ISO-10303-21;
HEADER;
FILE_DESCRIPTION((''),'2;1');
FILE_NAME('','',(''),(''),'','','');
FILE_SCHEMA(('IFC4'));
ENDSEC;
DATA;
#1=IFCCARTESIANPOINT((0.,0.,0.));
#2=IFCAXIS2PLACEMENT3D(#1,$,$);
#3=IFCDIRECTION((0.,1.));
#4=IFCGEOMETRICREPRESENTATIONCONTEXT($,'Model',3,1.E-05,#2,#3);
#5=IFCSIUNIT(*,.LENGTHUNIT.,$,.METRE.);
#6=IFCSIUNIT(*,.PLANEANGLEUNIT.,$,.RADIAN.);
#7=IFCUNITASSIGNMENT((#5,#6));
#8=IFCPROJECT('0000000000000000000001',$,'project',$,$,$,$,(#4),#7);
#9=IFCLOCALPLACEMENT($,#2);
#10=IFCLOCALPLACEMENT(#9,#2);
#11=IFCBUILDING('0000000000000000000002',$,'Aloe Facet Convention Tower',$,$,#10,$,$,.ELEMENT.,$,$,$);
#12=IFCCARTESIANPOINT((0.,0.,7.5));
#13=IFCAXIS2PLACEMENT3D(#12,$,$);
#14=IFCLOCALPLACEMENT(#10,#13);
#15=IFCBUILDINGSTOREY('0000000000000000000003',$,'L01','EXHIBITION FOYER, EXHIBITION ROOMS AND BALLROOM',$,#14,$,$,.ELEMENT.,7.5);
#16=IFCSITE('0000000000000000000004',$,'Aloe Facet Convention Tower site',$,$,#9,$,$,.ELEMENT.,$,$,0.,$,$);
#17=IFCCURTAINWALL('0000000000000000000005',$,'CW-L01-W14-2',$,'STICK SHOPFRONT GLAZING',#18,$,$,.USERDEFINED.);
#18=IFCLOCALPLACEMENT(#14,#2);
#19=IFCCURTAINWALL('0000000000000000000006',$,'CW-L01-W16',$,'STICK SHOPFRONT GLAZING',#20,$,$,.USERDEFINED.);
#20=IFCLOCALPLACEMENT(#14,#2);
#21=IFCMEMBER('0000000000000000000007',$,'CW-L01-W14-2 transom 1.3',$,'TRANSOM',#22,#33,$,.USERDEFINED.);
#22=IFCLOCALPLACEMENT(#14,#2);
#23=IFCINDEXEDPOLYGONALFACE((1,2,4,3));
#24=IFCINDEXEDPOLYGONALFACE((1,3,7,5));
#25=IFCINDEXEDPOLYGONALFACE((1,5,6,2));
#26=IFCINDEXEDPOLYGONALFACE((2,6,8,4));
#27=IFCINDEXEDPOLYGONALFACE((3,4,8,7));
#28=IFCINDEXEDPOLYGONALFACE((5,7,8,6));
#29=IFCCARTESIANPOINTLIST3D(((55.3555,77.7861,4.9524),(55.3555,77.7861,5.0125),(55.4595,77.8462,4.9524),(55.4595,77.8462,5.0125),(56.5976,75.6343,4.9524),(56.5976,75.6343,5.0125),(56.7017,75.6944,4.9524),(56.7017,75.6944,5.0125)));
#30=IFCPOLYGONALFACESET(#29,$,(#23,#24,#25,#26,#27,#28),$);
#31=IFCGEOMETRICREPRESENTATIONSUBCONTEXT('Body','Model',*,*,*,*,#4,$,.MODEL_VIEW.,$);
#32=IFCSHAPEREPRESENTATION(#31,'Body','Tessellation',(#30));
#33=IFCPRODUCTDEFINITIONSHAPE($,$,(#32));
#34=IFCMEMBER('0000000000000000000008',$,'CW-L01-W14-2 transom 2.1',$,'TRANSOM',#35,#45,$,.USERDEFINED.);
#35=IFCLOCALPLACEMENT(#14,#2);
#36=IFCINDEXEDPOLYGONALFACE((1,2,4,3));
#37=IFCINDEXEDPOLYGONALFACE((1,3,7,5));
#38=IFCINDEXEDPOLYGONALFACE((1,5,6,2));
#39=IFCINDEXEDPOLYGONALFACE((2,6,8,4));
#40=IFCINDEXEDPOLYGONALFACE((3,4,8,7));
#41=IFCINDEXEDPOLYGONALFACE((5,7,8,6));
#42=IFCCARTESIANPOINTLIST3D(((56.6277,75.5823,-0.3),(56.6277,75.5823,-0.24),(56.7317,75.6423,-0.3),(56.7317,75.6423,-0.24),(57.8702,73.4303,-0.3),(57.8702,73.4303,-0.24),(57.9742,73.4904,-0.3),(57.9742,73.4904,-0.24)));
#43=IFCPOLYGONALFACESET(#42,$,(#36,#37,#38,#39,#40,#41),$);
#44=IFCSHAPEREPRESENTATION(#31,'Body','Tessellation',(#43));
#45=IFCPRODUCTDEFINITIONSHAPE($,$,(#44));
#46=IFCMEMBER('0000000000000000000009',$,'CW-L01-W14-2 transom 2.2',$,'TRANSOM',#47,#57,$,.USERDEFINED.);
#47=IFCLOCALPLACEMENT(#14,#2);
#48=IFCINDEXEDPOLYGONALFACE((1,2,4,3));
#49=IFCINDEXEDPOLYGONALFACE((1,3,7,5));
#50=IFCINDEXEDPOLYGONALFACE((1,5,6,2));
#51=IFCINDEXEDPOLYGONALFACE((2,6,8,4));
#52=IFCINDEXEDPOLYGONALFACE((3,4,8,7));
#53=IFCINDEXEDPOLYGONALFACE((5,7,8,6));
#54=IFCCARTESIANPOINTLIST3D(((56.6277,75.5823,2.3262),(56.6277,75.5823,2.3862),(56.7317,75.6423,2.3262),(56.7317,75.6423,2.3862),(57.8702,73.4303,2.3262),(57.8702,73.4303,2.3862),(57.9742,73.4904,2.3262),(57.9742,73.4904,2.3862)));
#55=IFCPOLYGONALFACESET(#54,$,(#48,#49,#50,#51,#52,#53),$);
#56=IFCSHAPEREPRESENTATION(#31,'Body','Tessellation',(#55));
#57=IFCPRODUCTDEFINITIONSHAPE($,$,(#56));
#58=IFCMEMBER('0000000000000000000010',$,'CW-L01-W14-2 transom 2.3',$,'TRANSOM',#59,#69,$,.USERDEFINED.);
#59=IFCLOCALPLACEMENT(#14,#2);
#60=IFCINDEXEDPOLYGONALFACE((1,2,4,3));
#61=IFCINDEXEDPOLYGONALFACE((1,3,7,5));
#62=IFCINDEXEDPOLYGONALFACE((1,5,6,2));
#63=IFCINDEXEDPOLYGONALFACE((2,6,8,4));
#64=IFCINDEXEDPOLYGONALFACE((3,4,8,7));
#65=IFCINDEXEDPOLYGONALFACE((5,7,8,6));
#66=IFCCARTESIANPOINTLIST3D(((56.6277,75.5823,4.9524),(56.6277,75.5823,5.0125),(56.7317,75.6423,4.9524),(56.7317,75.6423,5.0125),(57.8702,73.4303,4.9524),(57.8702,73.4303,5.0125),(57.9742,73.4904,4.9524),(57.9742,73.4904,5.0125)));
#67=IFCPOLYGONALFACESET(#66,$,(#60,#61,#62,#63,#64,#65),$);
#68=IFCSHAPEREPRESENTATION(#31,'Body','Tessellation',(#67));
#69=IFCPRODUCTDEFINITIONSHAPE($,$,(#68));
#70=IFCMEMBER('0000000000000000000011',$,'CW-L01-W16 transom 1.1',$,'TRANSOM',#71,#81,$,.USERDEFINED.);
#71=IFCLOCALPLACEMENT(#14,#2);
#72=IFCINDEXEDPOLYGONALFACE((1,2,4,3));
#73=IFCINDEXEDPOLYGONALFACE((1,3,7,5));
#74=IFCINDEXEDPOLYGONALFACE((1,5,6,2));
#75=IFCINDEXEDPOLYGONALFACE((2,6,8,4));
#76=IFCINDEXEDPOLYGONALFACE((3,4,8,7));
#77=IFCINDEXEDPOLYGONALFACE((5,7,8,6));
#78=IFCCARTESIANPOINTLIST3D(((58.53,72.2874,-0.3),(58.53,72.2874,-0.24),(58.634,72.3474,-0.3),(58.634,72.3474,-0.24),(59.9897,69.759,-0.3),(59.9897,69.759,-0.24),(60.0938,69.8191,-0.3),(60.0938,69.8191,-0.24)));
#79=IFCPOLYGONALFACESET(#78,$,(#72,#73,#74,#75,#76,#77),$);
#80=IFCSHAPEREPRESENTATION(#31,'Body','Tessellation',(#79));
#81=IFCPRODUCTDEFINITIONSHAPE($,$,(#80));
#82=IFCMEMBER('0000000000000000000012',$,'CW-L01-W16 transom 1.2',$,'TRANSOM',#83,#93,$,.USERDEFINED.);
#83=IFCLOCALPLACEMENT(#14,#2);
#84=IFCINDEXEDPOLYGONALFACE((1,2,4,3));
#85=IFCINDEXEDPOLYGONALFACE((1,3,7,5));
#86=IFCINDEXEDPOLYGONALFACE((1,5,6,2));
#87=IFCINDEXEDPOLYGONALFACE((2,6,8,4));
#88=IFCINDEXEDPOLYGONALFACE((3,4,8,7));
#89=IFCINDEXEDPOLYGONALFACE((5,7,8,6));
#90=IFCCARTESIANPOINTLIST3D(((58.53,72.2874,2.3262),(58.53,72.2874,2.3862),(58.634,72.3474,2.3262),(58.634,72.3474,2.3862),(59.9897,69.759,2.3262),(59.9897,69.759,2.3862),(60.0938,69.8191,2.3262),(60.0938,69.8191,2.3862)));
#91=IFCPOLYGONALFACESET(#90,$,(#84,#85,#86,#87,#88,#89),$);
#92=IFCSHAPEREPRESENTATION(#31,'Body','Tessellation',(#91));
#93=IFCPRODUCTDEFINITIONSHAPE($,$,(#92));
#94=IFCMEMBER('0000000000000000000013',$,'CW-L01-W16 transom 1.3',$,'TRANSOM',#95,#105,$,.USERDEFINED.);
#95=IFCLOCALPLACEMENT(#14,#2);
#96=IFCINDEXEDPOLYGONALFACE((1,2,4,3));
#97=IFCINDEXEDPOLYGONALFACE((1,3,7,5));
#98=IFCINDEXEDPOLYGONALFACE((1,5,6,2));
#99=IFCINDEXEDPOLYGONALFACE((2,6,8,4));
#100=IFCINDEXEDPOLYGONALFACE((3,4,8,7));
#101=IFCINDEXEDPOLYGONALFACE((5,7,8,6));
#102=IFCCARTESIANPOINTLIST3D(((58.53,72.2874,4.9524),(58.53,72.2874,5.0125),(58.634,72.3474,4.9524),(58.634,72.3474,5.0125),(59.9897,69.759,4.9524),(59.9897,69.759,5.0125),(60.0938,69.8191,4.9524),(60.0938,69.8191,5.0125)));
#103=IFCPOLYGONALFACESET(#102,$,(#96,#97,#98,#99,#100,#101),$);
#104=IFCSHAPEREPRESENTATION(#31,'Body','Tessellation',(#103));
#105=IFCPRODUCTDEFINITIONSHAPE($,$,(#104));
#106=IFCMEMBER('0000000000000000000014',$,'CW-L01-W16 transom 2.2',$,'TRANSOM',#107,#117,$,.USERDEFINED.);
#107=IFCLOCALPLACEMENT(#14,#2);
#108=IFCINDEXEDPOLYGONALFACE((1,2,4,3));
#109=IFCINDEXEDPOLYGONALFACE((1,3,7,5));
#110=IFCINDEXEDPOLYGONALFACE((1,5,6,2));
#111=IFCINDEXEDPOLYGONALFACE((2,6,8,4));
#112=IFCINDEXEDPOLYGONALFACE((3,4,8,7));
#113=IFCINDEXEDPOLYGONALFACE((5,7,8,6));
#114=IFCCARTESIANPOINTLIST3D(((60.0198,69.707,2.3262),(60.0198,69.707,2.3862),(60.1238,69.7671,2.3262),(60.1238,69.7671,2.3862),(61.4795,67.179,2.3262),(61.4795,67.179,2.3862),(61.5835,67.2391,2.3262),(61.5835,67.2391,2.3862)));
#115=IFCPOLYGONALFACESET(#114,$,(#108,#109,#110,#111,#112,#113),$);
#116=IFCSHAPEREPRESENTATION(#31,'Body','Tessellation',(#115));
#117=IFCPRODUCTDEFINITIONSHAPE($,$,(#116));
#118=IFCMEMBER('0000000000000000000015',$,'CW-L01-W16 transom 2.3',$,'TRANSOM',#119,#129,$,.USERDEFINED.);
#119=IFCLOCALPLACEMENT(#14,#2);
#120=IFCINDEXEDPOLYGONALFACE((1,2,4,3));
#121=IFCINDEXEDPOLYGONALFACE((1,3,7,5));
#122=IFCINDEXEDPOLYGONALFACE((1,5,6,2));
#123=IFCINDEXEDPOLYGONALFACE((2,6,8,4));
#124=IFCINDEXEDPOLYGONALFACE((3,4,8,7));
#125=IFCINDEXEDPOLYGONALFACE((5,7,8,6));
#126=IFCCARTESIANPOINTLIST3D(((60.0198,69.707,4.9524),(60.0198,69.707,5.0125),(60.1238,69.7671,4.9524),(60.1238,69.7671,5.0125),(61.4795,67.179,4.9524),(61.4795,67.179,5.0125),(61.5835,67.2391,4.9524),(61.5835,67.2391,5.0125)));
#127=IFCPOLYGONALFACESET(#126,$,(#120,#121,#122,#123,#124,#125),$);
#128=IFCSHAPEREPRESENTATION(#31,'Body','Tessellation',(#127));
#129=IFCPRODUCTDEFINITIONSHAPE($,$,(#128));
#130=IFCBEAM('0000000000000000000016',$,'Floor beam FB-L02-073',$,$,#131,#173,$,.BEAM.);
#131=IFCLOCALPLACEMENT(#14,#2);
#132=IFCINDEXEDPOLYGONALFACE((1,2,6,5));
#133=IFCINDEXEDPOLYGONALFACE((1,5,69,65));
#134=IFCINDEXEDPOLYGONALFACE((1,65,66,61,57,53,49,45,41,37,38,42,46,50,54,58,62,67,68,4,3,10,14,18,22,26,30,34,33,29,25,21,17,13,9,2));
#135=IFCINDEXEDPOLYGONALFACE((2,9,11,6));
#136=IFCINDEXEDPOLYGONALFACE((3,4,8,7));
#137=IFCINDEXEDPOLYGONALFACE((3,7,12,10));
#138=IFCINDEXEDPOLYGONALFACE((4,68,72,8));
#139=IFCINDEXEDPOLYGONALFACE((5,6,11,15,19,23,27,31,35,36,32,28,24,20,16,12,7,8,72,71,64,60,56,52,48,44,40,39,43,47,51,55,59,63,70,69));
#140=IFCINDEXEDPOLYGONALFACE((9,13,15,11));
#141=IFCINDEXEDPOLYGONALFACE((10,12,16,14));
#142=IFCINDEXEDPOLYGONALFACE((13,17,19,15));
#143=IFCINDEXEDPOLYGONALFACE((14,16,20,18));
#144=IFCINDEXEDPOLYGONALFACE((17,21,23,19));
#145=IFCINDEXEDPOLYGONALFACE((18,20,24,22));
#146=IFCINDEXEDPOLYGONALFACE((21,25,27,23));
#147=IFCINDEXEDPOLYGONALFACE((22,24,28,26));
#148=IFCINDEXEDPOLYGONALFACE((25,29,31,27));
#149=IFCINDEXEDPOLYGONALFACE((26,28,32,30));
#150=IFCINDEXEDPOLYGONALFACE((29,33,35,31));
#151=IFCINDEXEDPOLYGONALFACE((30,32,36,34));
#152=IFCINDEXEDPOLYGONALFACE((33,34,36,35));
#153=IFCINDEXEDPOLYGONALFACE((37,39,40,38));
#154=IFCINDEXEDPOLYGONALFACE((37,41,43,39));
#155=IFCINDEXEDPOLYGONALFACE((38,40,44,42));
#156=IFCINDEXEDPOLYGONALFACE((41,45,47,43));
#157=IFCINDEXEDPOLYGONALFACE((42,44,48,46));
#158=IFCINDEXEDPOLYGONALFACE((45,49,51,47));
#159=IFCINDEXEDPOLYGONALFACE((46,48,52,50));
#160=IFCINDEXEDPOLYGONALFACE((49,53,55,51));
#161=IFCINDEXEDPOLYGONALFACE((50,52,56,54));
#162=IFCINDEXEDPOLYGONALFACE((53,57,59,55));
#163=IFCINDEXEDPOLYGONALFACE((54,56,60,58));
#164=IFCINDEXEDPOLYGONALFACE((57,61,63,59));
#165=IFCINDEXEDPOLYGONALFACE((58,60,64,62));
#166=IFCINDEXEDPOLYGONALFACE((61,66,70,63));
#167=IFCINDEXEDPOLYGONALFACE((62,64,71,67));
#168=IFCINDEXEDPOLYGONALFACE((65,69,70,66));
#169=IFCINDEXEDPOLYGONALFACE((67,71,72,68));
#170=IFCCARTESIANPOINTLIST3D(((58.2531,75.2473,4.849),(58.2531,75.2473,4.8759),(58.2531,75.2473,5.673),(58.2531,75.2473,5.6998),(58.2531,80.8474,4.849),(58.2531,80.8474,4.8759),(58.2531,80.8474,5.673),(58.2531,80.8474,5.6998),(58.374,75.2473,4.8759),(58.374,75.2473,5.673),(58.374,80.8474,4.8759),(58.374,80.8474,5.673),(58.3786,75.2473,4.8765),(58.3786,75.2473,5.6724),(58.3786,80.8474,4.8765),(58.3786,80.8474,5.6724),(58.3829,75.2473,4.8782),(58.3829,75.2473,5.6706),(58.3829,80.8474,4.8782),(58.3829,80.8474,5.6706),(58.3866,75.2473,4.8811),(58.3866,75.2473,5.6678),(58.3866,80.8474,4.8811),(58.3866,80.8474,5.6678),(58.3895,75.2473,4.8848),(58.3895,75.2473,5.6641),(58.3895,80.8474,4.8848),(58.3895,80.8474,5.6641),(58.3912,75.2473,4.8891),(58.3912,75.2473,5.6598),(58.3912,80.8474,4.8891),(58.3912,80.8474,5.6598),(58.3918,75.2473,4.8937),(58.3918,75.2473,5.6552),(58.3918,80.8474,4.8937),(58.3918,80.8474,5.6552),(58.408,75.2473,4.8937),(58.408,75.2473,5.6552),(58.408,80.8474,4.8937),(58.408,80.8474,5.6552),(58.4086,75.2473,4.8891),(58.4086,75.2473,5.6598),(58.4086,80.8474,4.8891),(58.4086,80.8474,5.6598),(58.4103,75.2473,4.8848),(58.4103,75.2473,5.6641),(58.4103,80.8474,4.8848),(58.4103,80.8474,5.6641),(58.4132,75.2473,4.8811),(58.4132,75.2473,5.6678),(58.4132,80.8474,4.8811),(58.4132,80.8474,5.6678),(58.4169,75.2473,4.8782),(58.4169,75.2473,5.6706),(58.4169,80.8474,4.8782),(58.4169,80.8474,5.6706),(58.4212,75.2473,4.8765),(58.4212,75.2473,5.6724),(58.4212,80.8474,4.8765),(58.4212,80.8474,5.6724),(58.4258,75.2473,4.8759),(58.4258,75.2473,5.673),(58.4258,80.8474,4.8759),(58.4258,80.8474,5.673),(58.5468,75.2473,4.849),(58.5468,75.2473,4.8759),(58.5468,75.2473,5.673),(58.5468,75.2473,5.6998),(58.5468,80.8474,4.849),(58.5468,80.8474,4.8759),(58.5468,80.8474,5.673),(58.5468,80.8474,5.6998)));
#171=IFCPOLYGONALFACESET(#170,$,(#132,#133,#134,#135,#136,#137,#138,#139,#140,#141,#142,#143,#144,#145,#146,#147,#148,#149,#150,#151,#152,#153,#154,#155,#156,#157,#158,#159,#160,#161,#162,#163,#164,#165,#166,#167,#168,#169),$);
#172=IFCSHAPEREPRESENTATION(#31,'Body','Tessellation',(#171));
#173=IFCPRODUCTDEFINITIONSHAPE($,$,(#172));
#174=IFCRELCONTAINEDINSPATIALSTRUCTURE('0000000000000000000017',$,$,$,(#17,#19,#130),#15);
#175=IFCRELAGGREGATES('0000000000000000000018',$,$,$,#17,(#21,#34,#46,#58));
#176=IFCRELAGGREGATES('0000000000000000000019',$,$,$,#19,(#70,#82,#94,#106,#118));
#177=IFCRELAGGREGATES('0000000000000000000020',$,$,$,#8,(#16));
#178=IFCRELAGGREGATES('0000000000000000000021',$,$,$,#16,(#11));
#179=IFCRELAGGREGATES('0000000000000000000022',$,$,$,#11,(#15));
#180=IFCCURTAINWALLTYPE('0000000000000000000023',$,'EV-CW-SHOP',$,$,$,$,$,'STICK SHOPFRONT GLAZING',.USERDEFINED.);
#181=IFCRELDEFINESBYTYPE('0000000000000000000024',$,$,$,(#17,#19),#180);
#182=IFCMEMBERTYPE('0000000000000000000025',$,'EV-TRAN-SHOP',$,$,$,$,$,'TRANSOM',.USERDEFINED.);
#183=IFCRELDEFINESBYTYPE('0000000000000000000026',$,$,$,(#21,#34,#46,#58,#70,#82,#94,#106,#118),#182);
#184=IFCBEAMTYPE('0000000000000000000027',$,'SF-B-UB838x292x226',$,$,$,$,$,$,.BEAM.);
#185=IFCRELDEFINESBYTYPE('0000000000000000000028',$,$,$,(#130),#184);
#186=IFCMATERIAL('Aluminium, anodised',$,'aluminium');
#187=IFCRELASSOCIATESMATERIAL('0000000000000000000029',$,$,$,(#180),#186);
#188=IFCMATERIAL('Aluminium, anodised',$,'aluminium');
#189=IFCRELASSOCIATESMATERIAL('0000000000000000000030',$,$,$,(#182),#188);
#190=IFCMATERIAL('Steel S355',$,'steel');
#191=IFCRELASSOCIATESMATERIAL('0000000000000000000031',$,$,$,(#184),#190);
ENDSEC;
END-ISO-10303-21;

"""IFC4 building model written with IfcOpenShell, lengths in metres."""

from ifc_helpers import new_model, si_unit, direction, frame, origin, origin_2d, place, context, subcontext, project, spatial, rectangle, i_section, extrude, material, material_profile, profile_set, type_object, element, aggregate, save


model = new_model("IFC4")

# Units and contexts
model_context = context("Model", 3, precision=1e-05, world=origin(), true_north=direction((0.0, 1.0)))
body_context = subcontext(model_context, "Body", "Model", "MODEL_VIEW")
ifc_project = project(units=[si_unit("LENGTHUNIT", "METRE"), si_unit("PLANEANGLEUNIT", "RADIAN")], contexts=[model_context])

# Site, building, storey
site_placement = place(None, origin())
site = spatial("IfcSite", under=ifc_project, at=site_placement, Name="Aloe Facet Convention Tower site", CompositionType="ELEMENT", RefElevation=0.0)
building_placement = place(site_placement, origin())
building = spatial("IfcBuilding", under=site, at=building_placement, Name="Aloe Facet Convention Tower", CompositionType="ELEMENT")
storey_placement = place(building_placement, frame((0.0, 0.0, 7.5)))
storey = spatial("IfcBuildingStorey", under=building, at=storey_placement, Name="L01", Description="EXHIBITION FOYER, EXHIBITION ROOMS AND BALLROOM", CompositionType="ELEMENT", Elevation=7.5)

# Shared definitions
ifc_material_1 = material(Name="Aluminium, anodised", Category="aluminium")
curtain_wall_type = type_object("IfcCurtainWallType", Name="EV-CW-SHOP", ElementType="STICK SHOPFRONT GLAZING", PredefinedType="USERDEFINED", material=ifc_material_1)

# Curtain walls
curtain_wall_1_placement = place(storey_placement, origin())
curtain_wall_1 = element("IfcCurtainWall", 1, at=curtain_wall_1_placement, inside=storey, type_object=curtain_wall_type, Name="CW-L01-W14-2", ObjectType="STICK SHOPFRONT GLAZING", PredefinedType="USERDEFINED")
curtain_wall_2_placement = place(storey_placement, origin())
curtain_wall_2 = element("IfcCurtainWall", 2, at=curtain_wall_2_placement, inside=storey, type_object=curtain_wall_type, Name="CW-L01-W16", ObjectType="STICK SHOPFRONT GLAZING", PredefinedType="USERDEFINED")

# Members
ifc_material_2 = material(Name="Aluminium, anodised", Category="aluminium")
ifc_material_profile_1 = material_profile(ifc_material_2, rectangle(XDim=0.1201, YDim=0.0601, at=origin_2d()), Name="AL 120x60")
ifc_profile_set_1 = profile_set([ifc_material_profile_1], Name="Aluminium, anodised")
member_type_1 = type_object("IfcMemberType", Name="EV-TRAN-SHOP", ElementType="TRANSOM", PredefinedType="USERDEFINED", material=ifc_profile_set_1)
member_1_placement = place(storey_placement, frame((55.4075, 77.8162, 4.9824), z_axis=(0.499944, -0.866058, 0.0), x_axis=(0.866058, 0.499944, 0.0)))
member_1 = element("IfcMember", 3, at=member_1_placement, type_object=member_type_1, Name="CW-L01-W14-2 transom 1.3", ObjectType="TRANSOM", PredefinedType="USERDEFINED", context=body_context, shape_type="SweptSolid", body=[
    extrude(rectangle(XDim=0.1201, YDim=0.0601, at=origin_2d()), origin(), (0.0, 0.0, 1.0), 2.4846),
])
member_2_placement = place(storey_placement, frame((56.6797, 75.6123, -0.27), z_axis=(0.500017, -0.866015, 0.0), x_axis=(0.866015, 0.500017, 0.0)))
member_2 = element("IfcMember", 4, at=member_2_placement, type_object=member_type_1, Name="CW-L01-W14-2 transom 2.1", ObjectType="TRANSOM", PredefinedType="USERDEFINED", context=body_context, shape_type="SweptSolid", body=[
    extrude(rectangle(XDim=0.1201, YDim=0.0601, at=origin_2d()), origin(), (0.0, 0.0, 1.0), 2.4849),
])
member_3_placement = place(storey_placement, frame((56.6797, 75.6123, 2.3562), z_axis=(0.500017, -0.866015, 0.0), x_axis=(0.866015, 0.500017, 0.0)))
member_3 = element("IfcMember", 5, at=member_3_placement, type_object=member_type_1, Name="CW-L01-W14-2 transom 2.2", ObjectType="TRANSOM", PredefinedType="USERDEFINED", context=body_context, shape_type="SweptSolid", body=[
    extrude(rectangle(XDim=0.1201, YDim=0.0601, at=origin_2d()), origin(), (0.0, 0.0, 1.0), 2.4849),
])
member_4_placement = place(storey_placement, frame((56.6797, 75.6123, 4.9824), z_axis=(0.500017, -0.866015, 0.0), x_axis=(0.866015, 0.500017, 0.0)))
member_4 = element("IfcMember", 6, at=member_4_placement, type_object=member_type_1, Name="CW-L01-W14-2 transom 2.3", ObjectType="TRANSOM", PredefinedType="USERDEFINED", context=body_context, shape_type="SweptSolid", body=[
    extrude(rectangle(XDim=0.1201, YDim=0.0601, at=origin_2d()), origin(), (0.0, 0.0, 1.0), 2.4849),
])
member_5_placement = place(storey_placement, frame((58.582, 72.3174, -0.27), z_axis=(0.499998, -0.866027, 0.0), x_axis=(0.866027, 0.499998, 0.0)))
member_5 = element("IfcMember", 7, at=member_5_placement, type_object=member_type_1, Name="CW-L01-W16 transom 1.1", ObjectType="TRANSOM", PredefinedType="USERDEFINED", context=body_context, shape_type="SweptSolid", body=[
    extrude(rectangle(XDim=0.1201, YDim=0.0601, at=origin_2d()), origin(), (0.0, 0.0, 1.0), 2.9194),
])
member_6_placement = place(storey_placement, frame((58.582, 72.3174, 2.3562), z_axis=(0.499998, -0.866027, 0.0), x_axis=(0.866027, 0.499998, 0.0)))
member_6 = element("IfcMember", 8, at=member_6_placement, type_object=member_type_1, Name="CW-L01-W16 transom 1.2", ObjectType="TRANSOM", PredefinedType="USERDEFINED", context=body_context, shape_type="SweptSolid", body=[
    extrude(rectangle(XDim=0.1201, YDim=0.0601, at=origin_2d()), origin(), (0.0, 0.0, 1.0), 2.9194),
])
member_7_placement = place(storey_placement, frame((58.582, 72.3174, 4.9824), z_axis=(0.499998, -0.866027, 0.0), x_axis=(0.866027, 0.499998, 0.0)))
member_7 = element("IfcMember", 9, at=member_7_placement, type_object=member_type_1, Name="CW-L01-W16 transom 1.3", ObjectType="TRANSOM", PredefinedType="USERDEFINED", context=body_context, shape_type="SweptSolid", body=[
    extrude(rectangle(XDim=0.1201, YDim=0.0601, at=origin_2d()), origin(), (0.0, 0.0, 1.0), 2.9194),
])
member_8_placement = place(storey_placement, frame((60.0718, 69.7371, 2.3562), z_axis=(0.500034, -0.866006, 0.0), x_axis=(0.866006, 0.500034, 0.0)))
member_8 = element("IfcMember", 10, at=member_8_placement, type_object=member_type_1, Name="CW-L01-W16 transom 2.2", ObjectType="TRANSOM", PredefinedType="USERDEFINED", context=body_context, shape_type="SweptSolid", body=[
    extrude(rectangle(XDim=0.1201, YDim=0.0601, at=origin_2d()), origin(), (0.0, 0.0, 1.0), 2.9192),
])
member_9_placement = place(storey_placement, frame((60.0718, 69.7371, 4.9824), z_axis=(0.500034, -0.866006, 0.0), x_axis=(0.866006, 0.500034, 0.0)))
member_9 = element("IfcMember", 11, at=member_9_placement, type_object=member_type_1, Name="CW-L01-W16 transom 2.3", ObjectType="TRANSOM", PredefinedType="USERDEFINED", context=body_context, shape_type="SweptSolid", body=[
    extrude(rectangle(XDim=0.1201, YDim=0.0601, at=origin_2d()), origin(), (0.0, 0.0, 1.0), 2.9192),
])

# Beam
ifc_material_3 = material(Name="Steel S355", Category="steel")
ifc_material_profile_2 = material_profile(ifc_material_3, i_section(OverallWidth=0.2937, OverallDepth=0.8508, WebThickness=0.0161, FlangeThickness=0.0269, FilletRadius=0.0178, at=origin_2d()), Name="UB 838x292x226")
ifc_profile_set_2 = profile_set([ifc_material_profile_2], Name="Steel S355")
beam_type_1 = type_object("IfcBeamType", Name="SF-B-UB838x292x226", PredefinedType="BEAM", material=ifc_profile_set_2)
beam_1_placement = place(storey_placement, frame((58.3999, 75.2473, 5.2744), z_axis=(0.0, 1.0, 0.0), x_axis=(-1.0, 0.0, 0.0)))
element("IfcBeam", 12, at=beam_1_placement, inside=storey, type_object=beam_type_1, Name="Floor beam FB-L02-073", PredefinedType="BEAM", context=body_context, shape_type="SweptSolid", body=[
    extrude(i_section(OverallWidth=0.2937, OverallDepth=0.8508, WebThickness=0.0161, FlangeThickness=0.0269, FilletRadius=0.0178, at=origin_2d()), origin(), (0.0, 0.0, 1.0), 5.6001),
])

aggregate(curtain_wall_1, [member_1, member_2, member_3, member_4])
aggregate(curtain_wall_2, [member_5, member_6, member_7, member_8, member_9])

save(model, "model.ifc")
